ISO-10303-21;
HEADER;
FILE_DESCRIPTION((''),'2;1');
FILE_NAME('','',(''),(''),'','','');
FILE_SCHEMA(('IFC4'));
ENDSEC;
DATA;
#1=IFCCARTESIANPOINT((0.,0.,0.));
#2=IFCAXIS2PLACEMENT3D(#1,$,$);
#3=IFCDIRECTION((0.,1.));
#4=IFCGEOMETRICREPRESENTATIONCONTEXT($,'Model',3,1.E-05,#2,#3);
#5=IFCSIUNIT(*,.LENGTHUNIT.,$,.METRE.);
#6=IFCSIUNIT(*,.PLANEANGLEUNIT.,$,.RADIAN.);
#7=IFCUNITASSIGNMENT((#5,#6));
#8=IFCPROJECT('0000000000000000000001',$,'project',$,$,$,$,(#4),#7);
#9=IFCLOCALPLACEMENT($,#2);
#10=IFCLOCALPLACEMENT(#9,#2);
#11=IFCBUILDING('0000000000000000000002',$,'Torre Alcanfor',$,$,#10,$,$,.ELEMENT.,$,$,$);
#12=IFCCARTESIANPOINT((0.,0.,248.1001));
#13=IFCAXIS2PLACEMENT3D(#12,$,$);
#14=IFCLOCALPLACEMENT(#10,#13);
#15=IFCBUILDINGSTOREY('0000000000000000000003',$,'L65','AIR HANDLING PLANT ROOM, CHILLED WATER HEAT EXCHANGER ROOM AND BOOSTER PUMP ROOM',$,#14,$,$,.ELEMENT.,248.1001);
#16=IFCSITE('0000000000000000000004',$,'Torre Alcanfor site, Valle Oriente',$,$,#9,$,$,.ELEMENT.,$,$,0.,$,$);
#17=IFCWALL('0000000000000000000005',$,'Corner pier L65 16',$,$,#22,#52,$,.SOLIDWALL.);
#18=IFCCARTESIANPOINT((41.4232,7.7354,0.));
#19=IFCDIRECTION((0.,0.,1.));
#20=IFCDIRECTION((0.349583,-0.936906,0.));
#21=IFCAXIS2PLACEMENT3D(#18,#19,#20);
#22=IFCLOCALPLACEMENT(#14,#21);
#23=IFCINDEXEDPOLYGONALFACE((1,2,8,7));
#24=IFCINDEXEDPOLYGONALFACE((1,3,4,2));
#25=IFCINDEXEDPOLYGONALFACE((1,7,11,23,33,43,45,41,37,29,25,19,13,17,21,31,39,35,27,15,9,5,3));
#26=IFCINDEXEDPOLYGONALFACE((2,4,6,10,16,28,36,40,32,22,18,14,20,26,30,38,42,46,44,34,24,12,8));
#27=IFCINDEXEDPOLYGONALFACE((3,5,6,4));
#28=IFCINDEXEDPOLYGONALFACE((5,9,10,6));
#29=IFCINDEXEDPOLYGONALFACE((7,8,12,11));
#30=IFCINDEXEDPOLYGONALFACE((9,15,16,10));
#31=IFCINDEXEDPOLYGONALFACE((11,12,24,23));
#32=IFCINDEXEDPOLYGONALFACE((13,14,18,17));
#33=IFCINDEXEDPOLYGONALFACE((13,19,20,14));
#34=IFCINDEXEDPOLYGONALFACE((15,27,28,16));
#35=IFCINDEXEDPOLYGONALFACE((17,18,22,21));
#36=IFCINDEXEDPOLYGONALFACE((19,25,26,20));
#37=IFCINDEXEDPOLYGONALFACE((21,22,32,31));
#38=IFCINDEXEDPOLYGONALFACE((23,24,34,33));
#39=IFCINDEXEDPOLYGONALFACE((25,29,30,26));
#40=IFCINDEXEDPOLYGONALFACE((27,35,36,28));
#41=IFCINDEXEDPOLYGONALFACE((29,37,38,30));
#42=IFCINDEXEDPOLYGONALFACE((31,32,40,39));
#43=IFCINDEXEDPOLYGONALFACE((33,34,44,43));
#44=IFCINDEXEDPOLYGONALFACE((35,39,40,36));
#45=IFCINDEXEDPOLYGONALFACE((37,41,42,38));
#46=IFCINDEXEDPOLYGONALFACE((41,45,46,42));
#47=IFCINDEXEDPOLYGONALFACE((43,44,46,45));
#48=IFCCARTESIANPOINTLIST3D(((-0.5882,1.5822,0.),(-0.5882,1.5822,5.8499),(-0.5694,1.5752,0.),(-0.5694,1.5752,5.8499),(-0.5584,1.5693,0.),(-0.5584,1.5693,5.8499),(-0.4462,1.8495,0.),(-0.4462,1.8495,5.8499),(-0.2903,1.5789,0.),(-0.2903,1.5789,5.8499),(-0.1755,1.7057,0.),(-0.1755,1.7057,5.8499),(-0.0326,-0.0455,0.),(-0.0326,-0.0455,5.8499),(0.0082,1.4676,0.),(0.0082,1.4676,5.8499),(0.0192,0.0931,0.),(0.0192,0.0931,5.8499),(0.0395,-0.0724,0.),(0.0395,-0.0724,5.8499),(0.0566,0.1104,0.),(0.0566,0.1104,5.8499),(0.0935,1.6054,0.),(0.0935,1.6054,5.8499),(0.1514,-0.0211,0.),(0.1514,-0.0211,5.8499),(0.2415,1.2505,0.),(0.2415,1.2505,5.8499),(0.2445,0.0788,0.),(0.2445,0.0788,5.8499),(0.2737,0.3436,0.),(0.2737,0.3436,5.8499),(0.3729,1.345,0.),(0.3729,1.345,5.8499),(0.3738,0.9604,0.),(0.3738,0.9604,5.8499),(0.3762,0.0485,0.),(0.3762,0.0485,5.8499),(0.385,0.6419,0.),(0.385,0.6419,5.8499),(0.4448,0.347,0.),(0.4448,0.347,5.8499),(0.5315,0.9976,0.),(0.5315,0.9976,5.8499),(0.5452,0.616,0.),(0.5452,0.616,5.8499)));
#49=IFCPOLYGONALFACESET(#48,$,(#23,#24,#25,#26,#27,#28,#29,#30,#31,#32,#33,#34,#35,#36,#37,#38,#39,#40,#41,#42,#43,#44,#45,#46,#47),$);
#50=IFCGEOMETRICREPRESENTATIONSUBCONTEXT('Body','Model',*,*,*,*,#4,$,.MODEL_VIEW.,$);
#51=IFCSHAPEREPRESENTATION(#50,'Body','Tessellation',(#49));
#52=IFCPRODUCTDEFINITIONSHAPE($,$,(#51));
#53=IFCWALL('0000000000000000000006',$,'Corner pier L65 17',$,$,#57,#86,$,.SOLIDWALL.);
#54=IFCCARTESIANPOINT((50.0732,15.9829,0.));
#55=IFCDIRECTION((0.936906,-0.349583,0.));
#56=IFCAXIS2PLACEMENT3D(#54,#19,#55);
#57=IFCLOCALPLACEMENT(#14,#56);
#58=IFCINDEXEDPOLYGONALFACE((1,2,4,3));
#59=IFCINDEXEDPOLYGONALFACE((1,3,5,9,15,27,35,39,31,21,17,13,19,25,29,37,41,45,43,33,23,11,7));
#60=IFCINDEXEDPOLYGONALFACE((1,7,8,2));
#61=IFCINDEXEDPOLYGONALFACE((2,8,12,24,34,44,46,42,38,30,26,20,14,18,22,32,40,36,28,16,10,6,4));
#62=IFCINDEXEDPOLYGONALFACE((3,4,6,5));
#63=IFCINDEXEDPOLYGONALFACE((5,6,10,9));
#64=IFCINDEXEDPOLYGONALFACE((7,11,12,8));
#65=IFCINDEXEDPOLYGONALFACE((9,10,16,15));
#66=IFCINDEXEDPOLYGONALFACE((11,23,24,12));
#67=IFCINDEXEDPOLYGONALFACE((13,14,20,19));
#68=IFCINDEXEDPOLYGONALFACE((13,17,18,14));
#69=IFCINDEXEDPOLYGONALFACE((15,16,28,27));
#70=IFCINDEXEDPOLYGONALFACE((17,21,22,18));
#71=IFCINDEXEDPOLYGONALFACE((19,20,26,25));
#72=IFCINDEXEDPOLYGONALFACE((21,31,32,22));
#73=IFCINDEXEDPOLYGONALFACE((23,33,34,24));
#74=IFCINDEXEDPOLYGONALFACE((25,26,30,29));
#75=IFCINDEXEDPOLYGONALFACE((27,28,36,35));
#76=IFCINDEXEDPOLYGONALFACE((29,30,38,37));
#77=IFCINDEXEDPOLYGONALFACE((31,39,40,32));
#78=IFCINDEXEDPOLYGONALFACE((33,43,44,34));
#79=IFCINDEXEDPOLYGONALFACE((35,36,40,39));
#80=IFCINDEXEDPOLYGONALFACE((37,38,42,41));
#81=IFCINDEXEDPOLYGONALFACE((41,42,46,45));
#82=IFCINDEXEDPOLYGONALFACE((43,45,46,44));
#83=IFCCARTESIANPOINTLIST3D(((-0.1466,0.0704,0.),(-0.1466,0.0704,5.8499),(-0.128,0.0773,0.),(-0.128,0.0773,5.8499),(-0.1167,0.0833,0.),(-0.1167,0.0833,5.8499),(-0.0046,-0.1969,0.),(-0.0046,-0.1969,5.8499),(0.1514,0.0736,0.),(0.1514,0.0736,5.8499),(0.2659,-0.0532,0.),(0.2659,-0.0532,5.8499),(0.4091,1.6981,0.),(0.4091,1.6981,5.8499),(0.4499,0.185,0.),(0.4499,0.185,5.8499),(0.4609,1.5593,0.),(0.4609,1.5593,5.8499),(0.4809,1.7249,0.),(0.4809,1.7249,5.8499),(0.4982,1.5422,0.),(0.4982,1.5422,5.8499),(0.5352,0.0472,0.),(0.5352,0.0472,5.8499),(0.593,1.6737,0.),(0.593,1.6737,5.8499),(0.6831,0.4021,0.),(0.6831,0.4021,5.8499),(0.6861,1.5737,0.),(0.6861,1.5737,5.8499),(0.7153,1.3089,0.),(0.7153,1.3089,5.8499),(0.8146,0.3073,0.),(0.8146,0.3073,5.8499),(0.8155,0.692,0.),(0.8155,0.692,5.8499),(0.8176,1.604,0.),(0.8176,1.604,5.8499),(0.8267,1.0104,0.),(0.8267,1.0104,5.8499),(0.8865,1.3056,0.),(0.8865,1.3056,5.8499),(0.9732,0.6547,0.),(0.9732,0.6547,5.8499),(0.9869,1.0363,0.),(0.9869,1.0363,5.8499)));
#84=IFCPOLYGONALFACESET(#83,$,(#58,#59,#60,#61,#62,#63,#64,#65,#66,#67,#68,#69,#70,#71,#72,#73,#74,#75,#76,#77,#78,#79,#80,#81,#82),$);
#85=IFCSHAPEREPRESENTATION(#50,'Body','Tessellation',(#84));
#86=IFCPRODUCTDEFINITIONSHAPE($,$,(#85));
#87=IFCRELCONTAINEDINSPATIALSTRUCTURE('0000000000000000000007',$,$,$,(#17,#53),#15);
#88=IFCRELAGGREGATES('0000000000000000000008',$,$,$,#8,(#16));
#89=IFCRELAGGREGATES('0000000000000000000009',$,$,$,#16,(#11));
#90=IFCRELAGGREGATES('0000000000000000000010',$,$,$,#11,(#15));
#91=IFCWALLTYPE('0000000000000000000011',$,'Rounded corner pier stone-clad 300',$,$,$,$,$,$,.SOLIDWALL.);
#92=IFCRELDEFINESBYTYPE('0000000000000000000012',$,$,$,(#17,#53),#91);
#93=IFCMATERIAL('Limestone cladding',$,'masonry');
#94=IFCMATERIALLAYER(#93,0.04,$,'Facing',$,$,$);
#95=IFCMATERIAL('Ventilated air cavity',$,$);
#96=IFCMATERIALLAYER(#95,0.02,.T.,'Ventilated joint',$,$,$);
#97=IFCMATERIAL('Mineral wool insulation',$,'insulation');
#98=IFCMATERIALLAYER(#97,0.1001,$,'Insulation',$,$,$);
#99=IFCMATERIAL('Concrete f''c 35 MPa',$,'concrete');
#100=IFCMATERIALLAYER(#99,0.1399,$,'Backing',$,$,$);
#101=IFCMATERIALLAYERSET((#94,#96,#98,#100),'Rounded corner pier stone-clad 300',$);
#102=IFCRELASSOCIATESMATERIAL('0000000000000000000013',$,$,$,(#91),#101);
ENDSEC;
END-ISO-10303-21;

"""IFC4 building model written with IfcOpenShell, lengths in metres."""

from ifc_helpers import new_model, si_unit, direction, frame, origin, place, context, subcontext, project, spatial, polyline, outline, extrude, material, layer, layer_set, type_object, element, save


model = new_model("IFC4")

# Units and contexts
model_context = context("Model", 3, precision=1e-05, world=origin(), true_north=direction((0.0, 1.0)))
body_context = subcontext(model_context, "Body", "Model", "MODEL_VIEW")
ifc_project = project(units=[si_unit("LENGTHUNIT", "METRE"), si_unit("PLANEANGLEUNIT", "RADIAN")], contexts=[model_context])

# Site, building, storey
site_placement = place(None, origin())
site = spatial("IfcSite", under=ifc_project, at=site_placement, Name="Torre Alcanfor site, Valle Oriente", CompositionType="ELEMENT", RefElevation=0.0)
building_placement = place(site_placement, origin())
building = spatial("IfcBuilding", under=site, at=building_placement, Name="Torre Alcanfor", CompositionType="ELEMENT")
storey_placement = place(building_placement, frame((0.0, 0.0, 248.1001)))
storey = spatial("IfcBuildingStorey", under=building, at=storey_placement, Name="L65", Description="AIR HANDLING PLANT ROOM, CHILLED WATER HEAT EXCHANGER ROOM AND BOOSTER PUMP ROOM", CompositionType="ELEMENT", Elevation=248.1001)

# Shared definitions
ifc_material_1 = material(Name="Limestone cladding", Category="masonry")
ifc_material_2 = material(Name="Ventilated air cavity")
ifc_material_3 = material(Name="Mineral wool insulation", Category="insulation")
ifc_material_4 = material(Name="Concrete f'c 35 MPa", Category="concrete")

# Walls
ifc_layer_1 = layer(ifc_material_1, 0.04, Name="Facing")
ifc_layer_2 = layer(ifc_material_2, 0.02, ventilated=True, Name="Ventilated joint")
ifc_layer_3 = layer(ifc_material_3, 0.1001, Name="Insulation")
ifc_layer_4 = layer(ifc_material_4, 0.1399, Name="Backing")
ifc_layer_set_1 = layer_set([ifc_layer_1, ifc_layer_2, ifc_layer_3, ifc_layer_4], Name="Rounded corner pier stone-clad 300")
wall_type_1 = type_object("IfcWallType", Name="Rounded corner pier stone-clad 300", PredefinedType="SOLIDWALL", material=ifc_layer_set_1)
wall_1_placement = place(storey_placement, frame((41.4232, 7.7354, 0.0), z_axis=(0.0, 0.0, 1.0), x_axis=(0.349583, -0.936906, 0.0)))
element("IfcWall", 1, at=wall_1_placement, inside=storey, type_object=wall_type_1, Name="Corner pier L65 16", PredefinedType="SOLIDWALL", context=body_context, shape_type="SweptSolid", body=[
    extrude(outline(polyline([(-0.4462, 1.8495), (-0.5882, 1.5822), (-0.5694, 1.5752), (-0.5584, 1.5693), (-0.2903, 1.5789), (0.0082, 1.4676), (0.2415, 1.2505), (0.3738, 0.9604), (0.385, 0.6419), (0.2737, 0.3436), (0.0566, 0.1104), (0.0192, 0.0931), (-0.0326, -0.0455), (0.0395, -0.0724), (0.1514, -0.0211), (0.2445, 0.0788), (0.3762, 0.0485), (0.4448, 0.347), (0.5452, 0.616), (0.5315, 0.9976), (0.3729, 1.345), (0.0935, 1.6054), (-0.1755, 1.7057), (-0.4462, 1.8495)])), origin(), (0.0, 0.0, 1.0), 5.8499),
])
wall_2_placement = place(storey_placement, frame((50.0732, 15.9829, 0.0), z_axis=(0.0, 0.0, 1.0), x_axis=(0.936906, -0.349583, 0.0)))
element("IfcWall", 2, at=wall_2_placement, inside=storey, type_object=wall_type_1, Name="Corner pier L65 17", PredefinedType="SOLIDWALL", context=body_context, shape_type="SweptSolid", body=[
    extrude(outline(polyline([(0.8176, 1.604), (0.6861, 1.5737), (0.593, 1.6737), (0.4809, 1.7249), (0.4091, 1.6981), (0.4609, 1.5593), (0.4982, 1.5422), (0.7153, 1.3089), (0.8267, 1.0104), (0.8155, 0.692), (0.6831, 0.4021), (0.4499, 0.185), (0.1514, 0.0736), (-0.1167, 0.0833), (-0.128, 0.0773), (-0.1466, 0.0704), (-0.0046, -0.1969), (0.2659, -0.0532), (0.5352, 0.0472), (0.8146, 0.3073), (0.9732, 0.6547), (0.9869, 1.0363), (0.8865, 1.3056), (0.8176, 1.604)])), origin(), (0.0, 0.0, 1.0), 5.8499),
])

save(model, "model.ifc")
